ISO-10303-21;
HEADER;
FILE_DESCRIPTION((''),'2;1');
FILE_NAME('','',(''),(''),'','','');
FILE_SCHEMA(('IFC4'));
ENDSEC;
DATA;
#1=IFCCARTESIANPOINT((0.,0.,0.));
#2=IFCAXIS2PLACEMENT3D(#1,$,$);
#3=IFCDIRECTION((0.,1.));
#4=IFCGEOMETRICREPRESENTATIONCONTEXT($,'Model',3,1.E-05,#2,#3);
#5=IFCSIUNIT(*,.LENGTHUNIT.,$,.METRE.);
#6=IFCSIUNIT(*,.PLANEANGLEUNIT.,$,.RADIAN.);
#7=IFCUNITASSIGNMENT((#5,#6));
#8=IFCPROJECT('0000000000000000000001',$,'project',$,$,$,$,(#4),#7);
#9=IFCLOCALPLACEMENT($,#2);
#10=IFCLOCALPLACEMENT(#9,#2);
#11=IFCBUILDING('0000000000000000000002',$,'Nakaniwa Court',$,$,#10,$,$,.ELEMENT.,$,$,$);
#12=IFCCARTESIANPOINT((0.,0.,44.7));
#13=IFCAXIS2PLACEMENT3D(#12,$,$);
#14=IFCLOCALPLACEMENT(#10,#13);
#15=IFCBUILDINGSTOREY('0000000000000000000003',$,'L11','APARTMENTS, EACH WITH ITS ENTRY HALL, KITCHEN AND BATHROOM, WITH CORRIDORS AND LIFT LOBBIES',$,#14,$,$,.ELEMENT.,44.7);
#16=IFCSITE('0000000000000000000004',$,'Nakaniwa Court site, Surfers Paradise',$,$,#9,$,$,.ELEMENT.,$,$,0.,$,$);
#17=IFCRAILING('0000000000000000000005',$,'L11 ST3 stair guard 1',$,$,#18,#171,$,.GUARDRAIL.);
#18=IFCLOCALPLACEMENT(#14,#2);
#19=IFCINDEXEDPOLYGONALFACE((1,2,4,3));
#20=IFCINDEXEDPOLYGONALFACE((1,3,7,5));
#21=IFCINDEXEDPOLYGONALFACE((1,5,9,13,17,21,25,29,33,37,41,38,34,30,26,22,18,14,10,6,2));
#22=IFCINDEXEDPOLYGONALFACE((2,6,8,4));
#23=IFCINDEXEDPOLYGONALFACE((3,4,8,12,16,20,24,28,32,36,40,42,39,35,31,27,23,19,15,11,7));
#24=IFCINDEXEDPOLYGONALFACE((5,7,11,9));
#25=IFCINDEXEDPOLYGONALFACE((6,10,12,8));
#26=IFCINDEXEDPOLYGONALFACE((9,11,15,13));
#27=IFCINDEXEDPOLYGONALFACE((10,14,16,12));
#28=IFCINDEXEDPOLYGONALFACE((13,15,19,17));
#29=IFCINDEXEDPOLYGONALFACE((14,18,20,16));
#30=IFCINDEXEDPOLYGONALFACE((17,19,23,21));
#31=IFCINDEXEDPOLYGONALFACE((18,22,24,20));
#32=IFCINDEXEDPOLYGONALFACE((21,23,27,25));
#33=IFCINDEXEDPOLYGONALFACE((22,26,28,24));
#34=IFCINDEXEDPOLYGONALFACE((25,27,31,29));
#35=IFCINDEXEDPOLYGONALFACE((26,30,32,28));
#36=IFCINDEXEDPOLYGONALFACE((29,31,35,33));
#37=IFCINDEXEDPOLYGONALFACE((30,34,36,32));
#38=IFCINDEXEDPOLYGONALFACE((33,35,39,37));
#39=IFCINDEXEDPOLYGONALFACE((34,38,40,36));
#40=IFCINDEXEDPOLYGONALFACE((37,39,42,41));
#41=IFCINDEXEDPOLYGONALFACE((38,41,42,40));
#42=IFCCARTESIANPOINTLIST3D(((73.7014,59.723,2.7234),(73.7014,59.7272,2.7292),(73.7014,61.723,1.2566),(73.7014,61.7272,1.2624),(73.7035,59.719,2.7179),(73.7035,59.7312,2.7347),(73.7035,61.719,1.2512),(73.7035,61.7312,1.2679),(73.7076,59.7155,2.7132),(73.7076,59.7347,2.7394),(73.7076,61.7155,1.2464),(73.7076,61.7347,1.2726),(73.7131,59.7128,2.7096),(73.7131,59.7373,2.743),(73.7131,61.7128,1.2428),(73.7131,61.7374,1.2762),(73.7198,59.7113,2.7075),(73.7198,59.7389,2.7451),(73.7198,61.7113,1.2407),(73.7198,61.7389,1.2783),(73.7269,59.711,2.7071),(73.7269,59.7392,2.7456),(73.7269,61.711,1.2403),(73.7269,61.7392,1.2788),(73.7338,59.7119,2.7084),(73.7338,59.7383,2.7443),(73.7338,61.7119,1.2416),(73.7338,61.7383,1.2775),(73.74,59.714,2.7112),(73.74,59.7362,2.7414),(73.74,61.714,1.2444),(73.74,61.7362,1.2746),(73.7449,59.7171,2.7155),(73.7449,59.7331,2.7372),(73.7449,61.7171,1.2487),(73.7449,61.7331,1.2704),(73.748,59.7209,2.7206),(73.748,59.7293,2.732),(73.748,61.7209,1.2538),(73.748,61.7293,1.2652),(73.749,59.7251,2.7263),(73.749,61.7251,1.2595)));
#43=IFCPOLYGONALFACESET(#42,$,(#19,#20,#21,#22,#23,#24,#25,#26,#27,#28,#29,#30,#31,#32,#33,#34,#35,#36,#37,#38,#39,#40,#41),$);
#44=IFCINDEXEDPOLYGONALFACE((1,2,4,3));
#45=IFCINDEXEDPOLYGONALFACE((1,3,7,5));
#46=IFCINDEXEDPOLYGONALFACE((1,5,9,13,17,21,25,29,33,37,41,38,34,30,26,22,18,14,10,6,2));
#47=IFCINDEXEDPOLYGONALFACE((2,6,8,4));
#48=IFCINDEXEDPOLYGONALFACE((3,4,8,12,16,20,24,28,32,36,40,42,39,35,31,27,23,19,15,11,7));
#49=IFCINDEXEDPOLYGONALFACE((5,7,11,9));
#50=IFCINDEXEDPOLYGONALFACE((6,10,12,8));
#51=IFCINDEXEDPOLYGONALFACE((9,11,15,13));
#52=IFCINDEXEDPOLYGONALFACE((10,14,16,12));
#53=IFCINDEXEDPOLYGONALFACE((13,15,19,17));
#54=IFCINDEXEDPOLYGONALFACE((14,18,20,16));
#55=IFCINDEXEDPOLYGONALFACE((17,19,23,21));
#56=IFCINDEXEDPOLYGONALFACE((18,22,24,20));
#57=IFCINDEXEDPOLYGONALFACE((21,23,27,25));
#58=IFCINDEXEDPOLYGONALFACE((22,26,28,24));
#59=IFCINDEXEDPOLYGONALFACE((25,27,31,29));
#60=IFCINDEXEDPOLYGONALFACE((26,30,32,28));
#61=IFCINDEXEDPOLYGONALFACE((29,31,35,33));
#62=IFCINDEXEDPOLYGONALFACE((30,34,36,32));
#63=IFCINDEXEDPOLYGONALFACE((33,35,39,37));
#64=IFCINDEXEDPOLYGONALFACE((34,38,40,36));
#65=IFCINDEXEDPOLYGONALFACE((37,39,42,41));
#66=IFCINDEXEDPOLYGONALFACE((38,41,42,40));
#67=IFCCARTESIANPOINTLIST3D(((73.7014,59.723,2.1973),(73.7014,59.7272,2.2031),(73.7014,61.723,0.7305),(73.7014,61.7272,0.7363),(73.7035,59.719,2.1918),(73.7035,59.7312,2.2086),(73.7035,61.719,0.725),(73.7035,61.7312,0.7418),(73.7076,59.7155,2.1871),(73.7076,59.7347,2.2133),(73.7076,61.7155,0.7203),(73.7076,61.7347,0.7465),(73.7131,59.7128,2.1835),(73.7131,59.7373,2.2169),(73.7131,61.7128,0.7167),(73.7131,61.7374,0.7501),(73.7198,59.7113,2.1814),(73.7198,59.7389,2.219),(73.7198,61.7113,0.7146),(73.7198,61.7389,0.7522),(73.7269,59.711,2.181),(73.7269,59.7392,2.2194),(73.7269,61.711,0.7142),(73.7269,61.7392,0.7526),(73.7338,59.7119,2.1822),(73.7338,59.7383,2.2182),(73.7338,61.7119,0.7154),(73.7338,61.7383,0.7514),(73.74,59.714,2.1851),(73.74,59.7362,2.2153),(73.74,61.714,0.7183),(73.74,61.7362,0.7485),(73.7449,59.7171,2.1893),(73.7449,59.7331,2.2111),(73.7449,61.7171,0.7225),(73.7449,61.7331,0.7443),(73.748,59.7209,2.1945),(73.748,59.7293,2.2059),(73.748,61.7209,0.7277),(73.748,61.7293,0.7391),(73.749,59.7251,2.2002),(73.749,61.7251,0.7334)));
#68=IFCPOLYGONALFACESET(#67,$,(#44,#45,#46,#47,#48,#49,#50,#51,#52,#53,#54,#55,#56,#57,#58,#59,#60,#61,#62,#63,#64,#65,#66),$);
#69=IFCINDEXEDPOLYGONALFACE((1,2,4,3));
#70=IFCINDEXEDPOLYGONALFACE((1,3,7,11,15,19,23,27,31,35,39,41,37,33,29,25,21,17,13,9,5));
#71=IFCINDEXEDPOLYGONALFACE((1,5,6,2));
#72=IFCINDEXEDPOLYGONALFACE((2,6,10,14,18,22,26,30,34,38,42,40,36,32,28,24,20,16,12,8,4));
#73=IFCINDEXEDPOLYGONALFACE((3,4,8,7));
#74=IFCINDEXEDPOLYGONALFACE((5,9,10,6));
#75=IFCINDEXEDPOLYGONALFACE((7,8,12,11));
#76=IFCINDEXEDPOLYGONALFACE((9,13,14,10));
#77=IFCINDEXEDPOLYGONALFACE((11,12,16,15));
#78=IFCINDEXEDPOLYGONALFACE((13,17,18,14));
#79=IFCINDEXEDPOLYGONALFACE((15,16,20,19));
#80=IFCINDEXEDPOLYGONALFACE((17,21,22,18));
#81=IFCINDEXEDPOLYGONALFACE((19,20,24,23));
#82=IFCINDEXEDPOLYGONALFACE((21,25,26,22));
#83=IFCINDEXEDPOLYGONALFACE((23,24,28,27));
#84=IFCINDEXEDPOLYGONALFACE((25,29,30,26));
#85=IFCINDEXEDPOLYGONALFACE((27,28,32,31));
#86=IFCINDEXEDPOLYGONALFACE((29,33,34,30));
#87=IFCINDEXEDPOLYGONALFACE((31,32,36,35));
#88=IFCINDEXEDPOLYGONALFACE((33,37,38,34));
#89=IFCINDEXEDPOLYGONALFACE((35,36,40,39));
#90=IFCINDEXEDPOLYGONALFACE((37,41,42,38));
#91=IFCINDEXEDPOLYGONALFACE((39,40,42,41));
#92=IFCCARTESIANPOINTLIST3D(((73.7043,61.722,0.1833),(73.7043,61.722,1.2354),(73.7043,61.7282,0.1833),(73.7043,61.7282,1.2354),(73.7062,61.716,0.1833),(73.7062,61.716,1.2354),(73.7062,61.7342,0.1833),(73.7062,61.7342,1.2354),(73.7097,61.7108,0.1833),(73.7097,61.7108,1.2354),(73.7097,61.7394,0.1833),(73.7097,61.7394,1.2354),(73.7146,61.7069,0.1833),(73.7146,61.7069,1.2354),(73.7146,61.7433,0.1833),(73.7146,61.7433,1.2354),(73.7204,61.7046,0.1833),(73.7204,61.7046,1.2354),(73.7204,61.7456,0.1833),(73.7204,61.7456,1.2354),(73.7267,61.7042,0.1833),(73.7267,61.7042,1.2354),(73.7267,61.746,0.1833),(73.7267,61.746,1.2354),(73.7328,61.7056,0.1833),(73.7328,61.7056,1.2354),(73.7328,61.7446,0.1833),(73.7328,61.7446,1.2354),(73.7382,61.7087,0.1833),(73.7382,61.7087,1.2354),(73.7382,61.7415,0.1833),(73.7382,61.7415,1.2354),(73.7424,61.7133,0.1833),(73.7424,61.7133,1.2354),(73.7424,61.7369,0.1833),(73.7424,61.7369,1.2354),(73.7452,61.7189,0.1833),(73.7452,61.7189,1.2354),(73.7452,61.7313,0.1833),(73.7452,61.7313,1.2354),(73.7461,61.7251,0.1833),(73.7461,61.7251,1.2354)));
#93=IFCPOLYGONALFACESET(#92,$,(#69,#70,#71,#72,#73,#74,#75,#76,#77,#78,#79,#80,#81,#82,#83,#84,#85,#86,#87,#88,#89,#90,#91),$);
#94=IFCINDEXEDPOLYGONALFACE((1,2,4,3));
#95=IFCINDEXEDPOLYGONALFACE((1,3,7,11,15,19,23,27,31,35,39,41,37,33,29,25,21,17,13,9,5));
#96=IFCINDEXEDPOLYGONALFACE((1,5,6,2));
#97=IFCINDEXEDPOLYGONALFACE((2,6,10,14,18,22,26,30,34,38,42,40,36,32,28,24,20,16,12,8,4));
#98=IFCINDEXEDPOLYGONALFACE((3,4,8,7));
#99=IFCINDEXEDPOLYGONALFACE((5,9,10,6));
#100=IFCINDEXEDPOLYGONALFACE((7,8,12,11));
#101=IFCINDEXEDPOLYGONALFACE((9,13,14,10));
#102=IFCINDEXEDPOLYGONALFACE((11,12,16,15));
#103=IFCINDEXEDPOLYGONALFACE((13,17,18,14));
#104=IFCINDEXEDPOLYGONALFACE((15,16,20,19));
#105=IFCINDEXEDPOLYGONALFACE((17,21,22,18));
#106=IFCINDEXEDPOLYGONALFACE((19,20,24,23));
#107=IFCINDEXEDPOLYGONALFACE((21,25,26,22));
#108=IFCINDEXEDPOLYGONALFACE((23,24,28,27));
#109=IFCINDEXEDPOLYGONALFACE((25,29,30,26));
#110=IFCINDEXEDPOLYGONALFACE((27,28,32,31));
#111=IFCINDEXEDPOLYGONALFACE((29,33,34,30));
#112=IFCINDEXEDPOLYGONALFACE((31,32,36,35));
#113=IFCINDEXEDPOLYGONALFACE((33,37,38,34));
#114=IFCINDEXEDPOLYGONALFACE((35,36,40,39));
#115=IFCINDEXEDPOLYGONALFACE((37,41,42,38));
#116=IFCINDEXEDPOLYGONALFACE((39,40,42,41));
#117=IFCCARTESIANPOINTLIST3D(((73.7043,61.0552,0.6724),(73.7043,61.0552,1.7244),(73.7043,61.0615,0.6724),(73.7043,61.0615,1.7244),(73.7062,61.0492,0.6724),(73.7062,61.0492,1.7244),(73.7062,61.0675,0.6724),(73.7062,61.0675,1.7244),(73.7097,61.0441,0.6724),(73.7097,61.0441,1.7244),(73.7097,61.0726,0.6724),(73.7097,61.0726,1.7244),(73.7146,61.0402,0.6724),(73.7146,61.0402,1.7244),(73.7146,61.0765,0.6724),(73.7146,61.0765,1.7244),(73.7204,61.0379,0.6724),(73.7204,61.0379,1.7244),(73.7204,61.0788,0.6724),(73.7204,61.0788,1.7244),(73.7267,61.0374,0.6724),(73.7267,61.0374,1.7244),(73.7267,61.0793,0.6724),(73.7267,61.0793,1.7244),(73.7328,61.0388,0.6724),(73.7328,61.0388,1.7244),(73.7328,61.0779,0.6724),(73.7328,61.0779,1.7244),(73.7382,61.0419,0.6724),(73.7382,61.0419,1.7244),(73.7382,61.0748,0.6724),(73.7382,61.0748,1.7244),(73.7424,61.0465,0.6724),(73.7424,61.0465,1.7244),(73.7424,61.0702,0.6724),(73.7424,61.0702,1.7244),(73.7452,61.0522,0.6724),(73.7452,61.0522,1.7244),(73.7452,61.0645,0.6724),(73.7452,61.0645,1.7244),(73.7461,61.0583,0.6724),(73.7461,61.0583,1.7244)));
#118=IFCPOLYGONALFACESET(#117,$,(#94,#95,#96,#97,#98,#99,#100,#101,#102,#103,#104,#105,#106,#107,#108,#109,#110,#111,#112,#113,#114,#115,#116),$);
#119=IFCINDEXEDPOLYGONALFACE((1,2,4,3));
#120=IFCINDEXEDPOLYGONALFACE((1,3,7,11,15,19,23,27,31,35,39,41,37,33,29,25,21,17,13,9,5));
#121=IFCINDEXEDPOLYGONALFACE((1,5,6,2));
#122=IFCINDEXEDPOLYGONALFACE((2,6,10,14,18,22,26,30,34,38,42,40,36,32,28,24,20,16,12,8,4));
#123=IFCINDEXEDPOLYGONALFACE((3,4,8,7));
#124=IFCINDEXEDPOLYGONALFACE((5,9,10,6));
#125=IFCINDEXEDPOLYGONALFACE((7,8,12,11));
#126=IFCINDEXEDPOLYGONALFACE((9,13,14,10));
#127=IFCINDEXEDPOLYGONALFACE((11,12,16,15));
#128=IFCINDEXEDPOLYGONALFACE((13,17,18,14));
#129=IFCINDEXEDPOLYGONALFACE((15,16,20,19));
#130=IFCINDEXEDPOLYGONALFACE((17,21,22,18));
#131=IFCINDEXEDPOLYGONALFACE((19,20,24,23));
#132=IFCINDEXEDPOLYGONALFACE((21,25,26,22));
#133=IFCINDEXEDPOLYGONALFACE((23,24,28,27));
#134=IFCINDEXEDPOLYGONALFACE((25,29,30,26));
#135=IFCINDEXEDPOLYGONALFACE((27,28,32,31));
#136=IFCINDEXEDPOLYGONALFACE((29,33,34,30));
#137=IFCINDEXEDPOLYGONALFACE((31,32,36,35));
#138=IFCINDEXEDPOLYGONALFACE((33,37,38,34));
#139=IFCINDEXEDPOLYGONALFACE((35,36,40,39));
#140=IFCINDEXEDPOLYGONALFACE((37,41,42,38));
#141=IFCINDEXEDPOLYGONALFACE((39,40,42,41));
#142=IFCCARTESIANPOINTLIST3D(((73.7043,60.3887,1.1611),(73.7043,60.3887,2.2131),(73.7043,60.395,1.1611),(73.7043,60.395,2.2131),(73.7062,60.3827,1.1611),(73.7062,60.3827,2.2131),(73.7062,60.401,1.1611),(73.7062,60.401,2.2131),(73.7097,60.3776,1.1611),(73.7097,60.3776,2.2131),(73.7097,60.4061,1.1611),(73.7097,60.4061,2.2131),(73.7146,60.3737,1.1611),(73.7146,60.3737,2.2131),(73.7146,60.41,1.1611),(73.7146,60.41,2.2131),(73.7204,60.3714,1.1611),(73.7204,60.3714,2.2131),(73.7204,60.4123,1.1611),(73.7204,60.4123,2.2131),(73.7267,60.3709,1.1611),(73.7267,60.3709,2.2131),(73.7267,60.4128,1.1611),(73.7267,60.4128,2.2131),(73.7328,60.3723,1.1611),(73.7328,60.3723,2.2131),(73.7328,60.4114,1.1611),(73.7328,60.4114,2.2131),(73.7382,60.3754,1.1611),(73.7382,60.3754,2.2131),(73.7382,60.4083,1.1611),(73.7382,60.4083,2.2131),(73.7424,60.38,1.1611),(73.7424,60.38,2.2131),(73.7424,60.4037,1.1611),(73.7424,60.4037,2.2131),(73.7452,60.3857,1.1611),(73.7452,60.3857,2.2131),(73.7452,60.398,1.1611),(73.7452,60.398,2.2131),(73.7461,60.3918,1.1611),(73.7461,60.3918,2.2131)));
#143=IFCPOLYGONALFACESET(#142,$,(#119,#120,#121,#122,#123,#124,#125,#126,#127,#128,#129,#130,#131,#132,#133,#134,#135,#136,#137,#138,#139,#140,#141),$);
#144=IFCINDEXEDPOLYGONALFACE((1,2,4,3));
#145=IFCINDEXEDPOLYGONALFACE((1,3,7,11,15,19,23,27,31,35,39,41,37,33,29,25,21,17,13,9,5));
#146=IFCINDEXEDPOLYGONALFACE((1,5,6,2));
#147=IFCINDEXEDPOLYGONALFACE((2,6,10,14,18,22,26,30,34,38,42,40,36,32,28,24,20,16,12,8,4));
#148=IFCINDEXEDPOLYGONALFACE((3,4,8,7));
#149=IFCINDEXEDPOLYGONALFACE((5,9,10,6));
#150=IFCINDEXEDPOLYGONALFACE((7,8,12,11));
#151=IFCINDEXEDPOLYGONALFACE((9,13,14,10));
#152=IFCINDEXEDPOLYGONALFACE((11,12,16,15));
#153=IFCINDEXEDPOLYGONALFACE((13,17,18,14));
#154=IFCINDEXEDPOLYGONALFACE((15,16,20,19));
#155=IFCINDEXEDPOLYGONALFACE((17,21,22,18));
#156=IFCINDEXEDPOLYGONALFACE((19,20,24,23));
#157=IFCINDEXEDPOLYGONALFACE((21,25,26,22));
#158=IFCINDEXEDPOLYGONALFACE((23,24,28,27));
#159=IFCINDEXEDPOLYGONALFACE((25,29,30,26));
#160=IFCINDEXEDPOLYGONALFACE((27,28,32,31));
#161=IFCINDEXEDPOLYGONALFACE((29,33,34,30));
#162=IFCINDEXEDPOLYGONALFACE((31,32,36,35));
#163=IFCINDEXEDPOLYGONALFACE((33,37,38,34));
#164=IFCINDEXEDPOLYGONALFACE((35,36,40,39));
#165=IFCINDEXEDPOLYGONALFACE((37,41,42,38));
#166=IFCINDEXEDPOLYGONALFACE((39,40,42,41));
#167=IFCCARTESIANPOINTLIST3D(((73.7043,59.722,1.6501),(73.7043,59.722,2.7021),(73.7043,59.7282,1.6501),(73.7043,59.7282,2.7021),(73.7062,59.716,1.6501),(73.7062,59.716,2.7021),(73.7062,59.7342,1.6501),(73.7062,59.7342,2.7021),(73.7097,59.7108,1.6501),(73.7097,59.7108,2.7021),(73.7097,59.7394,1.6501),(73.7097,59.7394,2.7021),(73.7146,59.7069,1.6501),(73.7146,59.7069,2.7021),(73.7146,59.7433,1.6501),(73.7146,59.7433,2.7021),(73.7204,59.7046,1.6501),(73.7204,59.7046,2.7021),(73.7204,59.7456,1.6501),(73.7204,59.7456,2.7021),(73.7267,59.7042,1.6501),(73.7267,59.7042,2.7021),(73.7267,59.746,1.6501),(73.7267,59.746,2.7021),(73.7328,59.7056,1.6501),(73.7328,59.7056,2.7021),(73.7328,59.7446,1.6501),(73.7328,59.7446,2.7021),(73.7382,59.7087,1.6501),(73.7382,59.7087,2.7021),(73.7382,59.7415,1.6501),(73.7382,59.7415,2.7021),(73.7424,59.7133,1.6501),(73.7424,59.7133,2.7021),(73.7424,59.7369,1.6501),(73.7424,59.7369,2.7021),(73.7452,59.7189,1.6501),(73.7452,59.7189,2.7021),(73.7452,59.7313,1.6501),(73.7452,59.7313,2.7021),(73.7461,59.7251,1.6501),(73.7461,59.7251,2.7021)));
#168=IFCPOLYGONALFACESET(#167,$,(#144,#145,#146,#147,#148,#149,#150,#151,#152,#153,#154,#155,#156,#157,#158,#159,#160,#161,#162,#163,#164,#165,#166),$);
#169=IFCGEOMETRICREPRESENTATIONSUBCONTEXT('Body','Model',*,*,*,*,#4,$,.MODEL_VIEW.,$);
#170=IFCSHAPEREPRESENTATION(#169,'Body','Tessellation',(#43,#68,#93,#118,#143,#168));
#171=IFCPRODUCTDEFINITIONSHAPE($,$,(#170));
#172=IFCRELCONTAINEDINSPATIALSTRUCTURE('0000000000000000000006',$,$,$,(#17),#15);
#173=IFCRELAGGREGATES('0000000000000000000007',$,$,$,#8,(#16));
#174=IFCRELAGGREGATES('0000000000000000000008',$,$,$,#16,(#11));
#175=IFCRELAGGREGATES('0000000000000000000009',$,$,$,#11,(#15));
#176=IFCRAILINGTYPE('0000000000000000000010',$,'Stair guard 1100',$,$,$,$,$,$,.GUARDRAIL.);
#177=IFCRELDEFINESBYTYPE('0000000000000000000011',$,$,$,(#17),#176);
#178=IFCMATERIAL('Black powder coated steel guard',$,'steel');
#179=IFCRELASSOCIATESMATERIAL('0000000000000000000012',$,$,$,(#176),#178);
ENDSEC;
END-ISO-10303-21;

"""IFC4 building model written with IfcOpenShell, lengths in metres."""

from ifc_helpers import new_model, si_unit, direction, frame, origin, origin_2d, place, context, subcontext, project, spatial, circle, extrude, material, type_object, element, save


model = new_model("IFC4")

# Units and contexts
model_context = context("Model", 3, precision=1e-05, world=origin(), true_north=direction((0.0, 1.0)))
body_context = subcontext(model_context, "Body", "Model", "MODEL_VIEW")
ifc_project = project(units=[si_unit("LENGTHUNIT", "METRE"), si_unit("PLANEANGLEUNIT", "RADIAN")], contexts=[model_context])

# Site, building, storey
site_placement = place(None, origin())
site = spatial("IfcSite", under=ifc_project, at=site_placement, Name="Nakaniwa Court site, Surfers Paradise", CompositionType="ELEMENT", RefElevation=0.0)
building_placement = place(site_placement, origin())
building = spatial("IfcBuilding", under=site, at=building_placement, Name="Nakaniwa Court", CompositionType="ELEMENT")
storey_placement = place(building_placement, frame((0.0, 0.0, 44.7)))
storey = spatial("IfcBuildingStorey", under=building, at=storey_placement, Name="L11", Description="APARTMENTS, EACH WITH ITS ENTRY HALL, KITCHEN AND BATHROOM, WITH CORRIDORS AND LIFT LOBBIES", CompositionType="ELEMENT", Elevation=44.7)

# Railing
ifc_material_1 = material(Name="Black powder coated steel guard", Category="steel")
railing_type_1 = type_object("IfcRailingType", Name="Stair guard 1100", PredefinedType="GUARDRAIL", material=ifc_material_1)
railing_1_placement = place(storey_placement, frame((73.7251, 61.7251, 0.1833)))
element("IfcRailing", 1, at=railing_1_placement, inside=storey, type_object=railing_type_1, Name="L11 ST3 stair guard 1", PredefinedType="GUARDRAIL", context=body_context, shape_type="SweptSolid", body=[
    extrude(circle(Radius=0.0239, at=origin_2d()), frame((0.0, 0.0, 1.0762), z_axis=(0.0, -0.80638, 0.591398), x_axis=(1.0, 0.0, 0.0)), (0.0, 0.0, 1.0), 2.4802),
    extrude(circle(Radius=0.0239, at=origin_2d()), frame((0.0, 0.0, 0.55), z_axis=(0.0, -0.80638, 0.591398), x_axis=(1.0, 0.0, 0.0)), (0.0, 0.0, 1.0), 2.4802),
    extrude(circle(Radius=0.021, at=origin_2d()), origin(), (0.0, 0.0, 1.0), 1.052),
    extrude(circle(Radius=0.021, at=origin_2d()), frame((0.0, -0.6667, 0.489)), (0.0, 0.0, 1.0), 1.052),
    extrude(circle(Radius=0.021, at=origin_2d()), frame((0.0, -1.3333, 0.9778)), (0.0, 0.0, 1.0), 1.052),
    extrude(circle(Radius=0.021, at=origin_2d()), frame((0.0, -2.0, 1.4668)), (0.0, 0.0, 1.0), 1.052),
])

save(model, "model.ifc")
